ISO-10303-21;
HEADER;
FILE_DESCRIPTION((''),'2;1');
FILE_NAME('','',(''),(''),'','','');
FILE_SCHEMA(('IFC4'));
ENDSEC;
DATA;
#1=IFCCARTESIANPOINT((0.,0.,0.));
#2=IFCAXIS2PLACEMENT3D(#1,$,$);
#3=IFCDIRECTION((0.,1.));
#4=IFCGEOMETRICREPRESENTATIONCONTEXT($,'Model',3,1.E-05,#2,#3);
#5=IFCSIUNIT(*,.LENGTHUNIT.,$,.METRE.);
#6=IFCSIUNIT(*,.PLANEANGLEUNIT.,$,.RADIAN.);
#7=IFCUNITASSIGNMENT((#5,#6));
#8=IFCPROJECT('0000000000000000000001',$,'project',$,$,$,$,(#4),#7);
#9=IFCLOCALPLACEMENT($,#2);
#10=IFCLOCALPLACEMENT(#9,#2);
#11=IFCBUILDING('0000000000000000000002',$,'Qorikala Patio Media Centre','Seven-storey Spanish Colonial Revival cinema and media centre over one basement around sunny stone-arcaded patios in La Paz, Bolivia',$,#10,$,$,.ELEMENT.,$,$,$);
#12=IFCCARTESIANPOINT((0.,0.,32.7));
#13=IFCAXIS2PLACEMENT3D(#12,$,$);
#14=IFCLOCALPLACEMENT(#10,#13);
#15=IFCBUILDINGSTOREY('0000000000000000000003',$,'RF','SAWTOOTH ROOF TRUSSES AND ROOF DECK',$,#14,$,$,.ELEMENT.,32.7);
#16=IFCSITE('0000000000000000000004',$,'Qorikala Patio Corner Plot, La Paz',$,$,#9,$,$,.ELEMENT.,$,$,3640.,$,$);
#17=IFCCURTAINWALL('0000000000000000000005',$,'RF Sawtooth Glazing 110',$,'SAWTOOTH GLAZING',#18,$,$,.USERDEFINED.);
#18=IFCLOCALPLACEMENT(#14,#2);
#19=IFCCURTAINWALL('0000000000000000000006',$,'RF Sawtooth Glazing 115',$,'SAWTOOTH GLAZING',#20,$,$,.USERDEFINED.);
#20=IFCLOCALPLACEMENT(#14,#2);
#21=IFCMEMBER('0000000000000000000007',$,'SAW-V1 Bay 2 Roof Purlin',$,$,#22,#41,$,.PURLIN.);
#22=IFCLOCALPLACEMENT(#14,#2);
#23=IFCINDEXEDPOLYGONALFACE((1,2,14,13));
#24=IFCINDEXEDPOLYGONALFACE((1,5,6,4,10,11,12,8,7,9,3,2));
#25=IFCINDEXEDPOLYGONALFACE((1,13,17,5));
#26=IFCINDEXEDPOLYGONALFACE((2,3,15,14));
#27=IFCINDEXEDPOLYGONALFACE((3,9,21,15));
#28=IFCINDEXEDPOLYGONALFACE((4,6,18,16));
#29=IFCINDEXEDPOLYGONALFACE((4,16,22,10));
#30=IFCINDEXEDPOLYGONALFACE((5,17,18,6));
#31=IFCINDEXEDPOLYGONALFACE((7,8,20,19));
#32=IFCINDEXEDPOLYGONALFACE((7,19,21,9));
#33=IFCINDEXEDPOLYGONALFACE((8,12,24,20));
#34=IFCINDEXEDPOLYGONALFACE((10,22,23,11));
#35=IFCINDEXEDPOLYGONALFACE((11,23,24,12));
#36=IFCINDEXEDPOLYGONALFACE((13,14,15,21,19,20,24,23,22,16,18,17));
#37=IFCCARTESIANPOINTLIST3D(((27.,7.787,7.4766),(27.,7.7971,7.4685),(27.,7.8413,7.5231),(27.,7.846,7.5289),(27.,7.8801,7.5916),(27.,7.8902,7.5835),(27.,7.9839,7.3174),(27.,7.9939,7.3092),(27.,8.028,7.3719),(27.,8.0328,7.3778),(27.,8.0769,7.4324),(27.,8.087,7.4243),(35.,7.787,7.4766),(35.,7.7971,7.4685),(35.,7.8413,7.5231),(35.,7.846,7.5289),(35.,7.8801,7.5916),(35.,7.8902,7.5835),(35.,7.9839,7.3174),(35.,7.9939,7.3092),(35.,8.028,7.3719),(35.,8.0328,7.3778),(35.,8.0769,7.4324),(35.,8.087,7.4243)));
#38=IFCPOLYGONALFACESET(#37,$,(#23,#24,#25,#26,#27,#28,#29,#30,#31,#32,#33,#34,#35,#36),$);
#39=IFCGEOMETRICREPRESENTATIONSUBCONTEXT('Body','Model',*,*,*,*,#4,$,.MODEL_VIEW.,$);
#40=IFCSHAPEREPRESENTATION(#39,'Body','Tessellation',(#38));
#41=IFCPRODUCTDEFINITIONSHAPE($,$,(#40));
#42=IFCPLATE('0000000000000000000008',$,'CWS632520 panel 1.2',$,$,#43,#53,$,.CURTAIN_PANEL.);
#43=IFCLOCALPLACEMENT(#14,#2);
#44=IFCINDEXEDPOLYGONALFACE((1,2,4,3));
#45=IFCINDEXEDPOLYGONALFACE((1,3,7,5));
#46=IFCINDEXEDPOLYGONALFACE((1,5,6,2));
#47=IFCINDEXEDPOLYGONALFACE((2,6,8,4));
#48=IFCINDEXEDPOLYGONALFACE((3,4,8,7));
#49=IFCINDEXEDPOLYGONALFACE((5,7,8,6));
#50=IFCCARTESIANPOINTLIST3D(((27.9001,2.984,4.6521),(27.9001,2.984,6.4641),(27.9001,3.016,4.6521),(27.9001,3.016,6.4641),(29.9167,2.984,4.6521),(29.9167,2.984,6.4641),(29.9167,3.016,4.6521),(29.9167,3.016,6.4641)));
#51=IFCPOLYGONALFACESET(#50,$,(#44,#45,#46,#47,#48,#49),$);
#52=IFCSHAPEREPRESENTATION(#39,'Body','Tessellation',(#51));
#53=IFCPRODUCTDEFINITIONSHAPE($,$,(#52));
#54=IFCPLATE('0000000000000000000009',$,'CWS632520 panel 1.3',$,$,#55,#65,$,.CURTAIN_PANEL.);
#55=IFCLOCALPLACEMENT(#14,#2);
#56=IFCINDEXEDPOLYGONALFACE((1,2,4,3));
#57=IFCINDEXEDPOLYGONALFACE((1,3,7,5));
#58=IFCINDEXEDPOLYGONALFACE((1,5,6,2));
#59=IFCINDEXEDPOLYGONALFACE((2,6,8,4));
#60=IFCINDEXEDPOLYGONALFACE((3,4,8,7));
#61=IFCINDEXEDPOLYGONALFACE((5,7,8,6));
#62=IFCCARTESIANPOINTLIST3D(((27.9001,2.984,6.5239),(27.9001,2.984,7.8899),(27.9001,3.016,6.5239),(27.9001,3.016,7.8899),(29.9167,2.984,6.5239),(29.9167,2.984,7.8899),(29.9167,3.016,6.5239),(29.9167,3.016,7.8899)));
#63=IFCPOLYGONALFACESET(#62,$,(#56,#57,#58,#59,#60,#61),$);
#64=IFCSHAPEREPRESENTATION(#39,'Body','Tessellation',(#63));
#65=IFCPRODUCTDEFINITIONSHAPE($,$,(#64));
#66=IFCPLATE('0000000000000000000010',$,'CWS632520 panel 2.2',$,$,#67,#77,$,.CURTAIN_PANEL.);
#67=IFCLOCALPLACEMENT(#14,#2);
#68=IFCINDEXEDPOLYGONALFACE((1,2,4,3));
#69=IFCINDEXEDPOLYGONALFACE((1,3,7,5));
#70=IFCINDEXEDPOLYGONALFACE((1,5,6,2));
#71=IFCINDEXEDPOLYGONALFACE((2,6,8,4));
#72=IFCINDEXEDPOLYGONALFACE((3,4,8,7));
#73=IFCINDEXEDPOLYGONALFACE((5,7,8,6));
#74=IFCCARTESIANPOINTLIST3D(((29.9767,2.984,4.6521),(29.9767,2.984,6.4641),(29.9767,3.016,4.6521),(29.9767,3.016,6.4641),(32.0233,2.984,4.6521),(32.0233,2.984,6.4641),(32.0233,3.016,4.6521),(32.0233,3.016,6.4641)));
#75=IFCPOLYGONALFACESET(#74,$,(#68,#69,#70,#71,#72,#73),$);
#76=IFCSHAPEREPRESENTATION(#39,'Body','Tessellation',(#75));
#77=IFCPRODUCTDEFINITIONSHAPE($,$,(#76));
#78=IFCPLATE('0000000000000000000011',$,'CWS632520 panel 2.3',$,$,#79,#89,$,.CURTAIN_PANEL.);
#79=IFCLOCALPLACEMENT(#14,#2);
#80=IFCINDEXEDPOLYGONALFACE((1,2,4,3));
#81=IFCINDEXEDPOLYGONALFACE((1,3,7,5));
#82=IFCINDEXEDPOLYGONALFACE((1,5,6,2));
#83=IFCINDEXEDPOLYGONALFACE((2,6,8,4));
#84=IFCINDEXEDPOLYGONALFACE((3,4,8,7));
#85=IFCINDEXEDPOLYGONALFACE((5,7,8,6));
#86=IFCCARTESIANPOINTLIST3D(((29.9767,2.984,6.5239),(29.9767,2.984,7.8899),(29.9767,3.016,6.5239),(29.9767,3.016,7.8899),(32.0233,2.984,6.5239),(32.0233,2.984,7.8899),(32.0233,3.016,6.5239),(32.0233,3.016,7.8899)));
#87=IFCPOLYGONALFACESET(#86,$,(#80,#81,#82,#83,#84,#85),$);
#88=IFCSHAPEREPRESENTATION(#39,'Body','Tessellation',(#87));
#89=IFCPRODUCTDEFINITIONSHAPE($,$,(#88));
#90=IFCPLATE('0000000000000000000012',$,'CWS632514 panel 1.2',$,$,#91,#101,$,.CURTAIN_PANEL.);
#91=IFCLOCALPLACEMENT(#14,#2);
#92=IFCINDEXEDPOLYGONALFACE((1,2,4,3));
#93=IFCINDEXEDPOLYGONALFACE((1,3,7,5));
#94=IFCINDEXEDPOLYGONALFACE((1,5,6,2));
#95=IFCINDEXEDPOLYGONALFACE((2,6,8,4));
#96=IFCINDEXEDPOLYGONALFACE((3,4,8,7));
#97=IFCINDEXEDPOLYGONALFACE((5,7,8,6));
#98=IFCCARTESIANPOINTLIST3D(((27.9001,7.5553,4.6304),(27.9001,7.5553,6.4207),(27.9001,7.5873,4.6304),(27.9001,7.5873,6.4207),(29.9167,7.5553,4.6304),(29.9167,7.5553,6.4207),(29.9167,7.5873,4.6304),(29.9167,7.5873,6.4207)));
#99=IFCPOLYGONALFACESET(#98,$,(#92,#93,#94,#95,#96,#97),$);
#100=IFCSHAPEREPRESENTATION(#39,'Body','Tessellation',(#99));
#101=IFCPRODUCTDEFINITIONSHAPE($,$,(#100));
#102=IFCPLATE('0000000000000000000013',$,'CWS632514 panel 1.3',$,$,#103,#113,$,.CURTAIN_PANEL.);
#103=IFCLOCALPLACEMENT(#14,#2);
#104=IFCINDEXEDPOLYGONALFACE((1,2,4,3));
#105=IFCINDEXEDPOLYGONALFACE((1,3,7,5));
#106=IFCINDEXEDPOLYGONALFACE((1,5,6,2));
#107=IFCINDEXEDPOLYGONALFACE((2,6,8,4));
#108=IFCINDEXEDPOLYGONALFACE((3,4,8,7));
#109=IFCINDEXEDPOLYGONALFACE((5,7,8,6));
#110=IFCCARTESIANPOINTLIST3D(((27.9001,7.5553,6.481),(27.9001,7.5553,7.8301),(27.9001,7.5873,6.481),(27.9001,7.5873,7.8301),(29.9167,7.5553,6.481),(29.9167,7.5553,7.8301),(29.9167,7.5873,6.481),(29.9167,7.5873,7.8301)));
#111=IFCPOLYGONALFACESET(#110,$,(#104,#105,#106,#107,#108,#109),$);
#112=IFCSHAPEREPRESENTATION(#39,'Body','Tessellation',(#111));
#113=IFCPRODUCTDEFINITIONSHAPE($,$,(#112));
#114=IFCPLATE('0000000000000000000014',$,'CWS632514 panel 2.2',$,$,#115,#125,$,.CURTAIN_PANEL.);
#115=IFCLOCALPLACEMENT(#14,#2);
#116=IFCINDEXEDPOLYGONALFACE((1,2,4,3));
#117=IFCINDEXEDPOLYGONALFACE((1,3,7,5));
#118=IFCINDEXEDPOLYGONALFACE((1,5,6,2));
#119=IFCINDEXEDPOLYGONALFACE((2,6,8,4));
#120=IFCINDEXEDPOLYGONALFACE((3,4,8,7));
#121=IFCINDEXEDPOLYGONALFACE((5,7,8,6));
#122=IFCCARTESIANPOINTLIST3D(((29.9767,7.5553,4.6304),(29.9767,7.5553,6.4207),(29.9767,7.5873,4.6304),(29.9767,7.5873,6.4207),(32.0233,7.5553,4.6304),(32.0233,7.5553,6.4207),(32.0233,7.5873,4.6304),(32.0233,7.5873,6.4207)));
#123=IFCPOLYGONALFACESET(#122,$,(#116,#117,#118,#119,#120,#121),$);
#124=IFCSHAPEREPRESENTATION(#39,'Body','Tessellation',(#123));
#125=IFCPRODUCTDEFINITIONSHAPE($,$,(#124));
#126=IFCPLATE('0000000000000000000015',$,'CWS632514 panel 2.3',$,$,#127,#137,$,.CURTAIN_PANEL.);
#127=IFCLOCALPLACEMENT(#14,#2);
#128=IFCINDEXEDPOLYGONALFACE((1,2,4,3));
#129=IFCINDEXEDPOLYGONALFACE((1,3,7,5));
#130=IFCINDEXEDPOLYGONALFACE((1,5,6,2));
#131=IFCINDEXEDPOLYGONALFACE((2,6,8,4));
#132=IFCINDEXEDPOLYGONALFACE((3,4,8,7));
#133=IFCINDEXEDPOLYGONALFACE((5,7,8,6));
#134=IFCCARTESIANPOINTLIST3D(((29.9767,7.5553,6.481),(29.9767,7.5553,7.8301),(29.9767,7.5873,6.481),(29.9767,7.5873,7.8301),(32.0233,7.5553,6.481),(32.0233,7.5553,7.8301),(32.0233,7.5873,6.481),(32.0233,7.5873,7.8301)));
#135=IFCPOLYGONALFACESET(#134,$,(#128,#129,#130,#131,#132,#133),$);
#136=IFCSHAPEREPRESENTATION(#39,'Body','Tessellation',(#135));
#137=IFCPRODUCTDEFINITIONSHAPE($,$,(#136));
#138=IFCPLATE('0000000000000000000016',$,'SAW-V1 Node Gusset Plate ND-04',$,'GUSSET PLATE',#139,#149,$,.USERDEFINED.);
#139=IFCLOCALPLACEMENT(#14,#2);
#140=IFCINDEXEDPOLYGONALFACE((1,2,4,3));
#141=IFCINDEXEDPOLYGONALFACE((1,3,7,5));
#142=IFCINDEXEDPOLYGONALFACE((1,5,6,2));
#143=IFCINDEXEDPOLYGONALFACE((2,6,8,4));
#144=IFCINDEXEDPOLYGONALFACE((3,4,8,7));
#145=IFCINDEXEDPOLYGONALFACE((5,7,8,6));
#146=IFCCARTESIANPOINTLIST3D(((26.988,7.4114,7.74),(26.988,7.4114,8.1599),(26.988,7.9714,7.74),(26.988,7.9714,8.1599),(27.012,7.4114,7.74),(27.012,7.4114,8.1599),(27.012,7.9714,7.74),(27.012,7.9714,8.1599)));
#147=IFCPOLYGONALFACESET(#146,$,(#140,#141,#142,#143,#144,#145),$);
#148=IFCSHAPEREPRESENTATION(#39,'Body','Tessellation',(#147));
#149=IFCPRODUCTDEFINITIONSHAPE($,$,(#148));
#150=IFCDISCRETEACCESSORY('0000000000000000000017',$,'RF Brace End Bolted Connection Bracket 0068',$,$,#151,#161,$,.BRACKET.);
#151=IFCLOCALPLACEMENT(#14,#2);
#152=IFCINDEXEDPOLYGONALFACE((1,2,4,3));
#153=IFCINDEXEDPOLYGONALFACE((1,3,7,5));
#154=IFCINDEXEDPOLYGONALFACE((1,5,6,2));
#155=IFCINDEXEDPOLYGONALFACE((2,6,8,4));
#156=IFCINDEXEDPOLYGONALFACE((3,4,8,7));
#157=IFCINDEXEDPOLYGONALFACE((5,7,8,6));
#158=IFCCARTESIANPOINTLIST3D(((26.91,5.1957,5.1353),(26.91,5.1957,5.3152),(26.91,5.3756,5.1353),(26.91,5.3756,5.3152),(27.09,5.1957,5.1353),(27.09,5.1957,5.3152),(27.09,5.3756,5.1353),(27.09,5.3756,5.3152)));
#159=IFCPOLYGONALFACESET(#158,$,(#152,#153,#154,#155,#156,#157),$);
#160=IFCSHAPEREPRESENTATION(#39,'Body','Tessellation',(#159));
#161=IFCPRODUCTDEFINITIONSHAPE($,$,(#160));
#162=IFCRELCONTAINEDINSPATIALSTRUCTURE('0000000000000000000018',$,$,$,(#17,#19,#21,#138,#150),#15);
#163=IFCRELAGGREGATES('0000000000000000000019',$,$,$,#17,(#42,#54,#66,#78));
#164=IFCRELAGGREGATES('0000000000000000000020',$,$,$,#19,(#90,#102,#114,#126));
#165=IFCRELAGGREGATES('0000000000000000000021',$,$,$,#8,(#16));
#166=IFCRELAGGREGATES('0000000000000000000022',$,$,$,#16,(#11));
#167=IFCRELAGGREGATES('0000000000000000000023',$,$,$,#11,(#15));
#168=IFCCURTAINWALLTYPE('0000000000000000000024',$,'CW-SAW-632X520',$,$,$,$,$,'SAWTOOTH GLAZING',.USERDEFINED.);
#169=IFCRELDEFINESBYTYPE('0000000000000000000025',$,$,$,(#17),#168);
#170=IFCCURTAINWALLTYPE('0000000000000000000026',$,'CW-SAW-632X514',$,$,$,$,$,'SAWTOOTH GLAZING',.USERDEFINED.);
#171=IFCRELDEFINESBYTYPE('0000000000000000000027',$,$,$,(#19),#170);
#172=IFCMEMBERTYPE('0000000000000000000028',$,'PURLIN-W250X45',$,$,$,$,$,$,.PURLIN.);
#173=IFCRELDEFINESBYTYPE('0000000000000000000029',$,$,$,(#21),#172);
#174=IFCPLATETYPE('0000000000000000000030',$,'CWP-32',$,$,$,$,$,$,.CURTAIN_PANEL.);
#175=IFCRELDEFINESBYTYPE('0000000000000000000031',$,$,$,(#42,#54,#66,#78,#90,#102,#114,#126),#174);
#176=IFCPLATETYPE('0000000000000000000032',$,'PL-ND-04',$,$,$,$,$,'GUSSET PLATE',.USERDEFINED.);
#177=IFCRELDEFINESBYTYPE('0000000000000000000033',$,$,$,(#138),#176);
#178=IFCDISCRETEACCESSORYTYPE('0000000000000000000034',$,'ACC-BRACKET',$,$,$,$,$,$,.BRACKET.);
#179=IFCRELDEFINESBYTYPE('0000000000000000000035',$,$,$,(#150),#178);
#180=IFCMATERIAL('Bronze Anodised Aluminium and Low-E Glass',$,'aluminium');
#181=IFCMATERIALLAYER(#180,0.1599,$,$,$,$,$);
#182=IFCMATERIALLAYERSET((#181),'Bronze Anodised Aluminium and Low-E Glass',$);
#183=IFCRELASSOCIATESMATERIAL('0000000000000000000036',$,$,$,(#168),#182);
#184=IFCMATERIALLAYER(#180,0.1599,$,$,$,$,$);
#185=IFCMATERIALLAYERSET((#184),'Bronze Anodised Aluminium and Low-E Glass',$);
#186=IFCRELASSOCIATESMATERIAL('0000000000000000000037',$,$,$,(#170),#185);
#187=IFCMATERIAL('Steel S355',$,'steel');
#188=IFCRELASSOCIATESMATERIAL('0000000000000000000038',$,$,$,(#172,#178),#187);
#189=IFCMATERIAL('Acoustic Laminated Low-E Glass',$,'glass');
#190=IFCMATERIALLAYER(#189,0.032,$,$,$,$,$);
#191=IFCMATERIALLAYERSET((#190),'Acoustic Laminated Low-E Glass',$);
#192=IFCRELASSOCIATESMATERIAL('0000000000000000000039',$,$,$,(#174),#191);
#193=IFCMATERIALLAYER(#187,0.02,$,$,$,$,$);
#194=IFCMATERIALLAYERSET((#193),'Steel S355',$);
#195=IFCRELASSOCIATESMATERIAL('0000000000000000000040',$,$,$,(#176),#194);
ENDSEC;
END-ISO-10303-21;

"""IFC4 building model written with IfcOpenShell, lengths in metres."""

from ifc_helpers import new_model, si_unit, direction, frame, origin, origin_2d, place, context, subcontext, project, spatial, rectangle, i_section, extrude, material, layer, layer_set, material_profile, profile_set, type_object, element, aggregate, save


model = new_model("IFC4")

# Units and contexts
model_context = context("Model", 3, precision=1e-05, world=origin(), true_north=direction((0.0, 1.0)))
body_context = subcontext(model_context, "Body", "Model", "MODEL_VIEW")
ifc_project = project(units=[si_unit("LENGTHUNIT", "METRE"), si_unit("PLANEANGLEUNIT", "RADIAN")], contexts=[model_context])

# Site, building, storey
site_placement = place(None, origin())
site = spatial("IfcSite", under=ifc_project, at=site_placement, Name="Qorikala Patio Corner Plot, La Paz", CompositionType="ELEMENT", RefElevation=3640.0)
building_placement = place(site_placement, origin())
building = spatial("IfcBuilding", under=site, at=building_placement, Name="Qorikala Patio Media Centre", Description="Seven-storey Spanish Colonial Revival cinema and media centre over one basement around sunny stone-arcaded patios in La Paz, Bolivia", CompositionType="ELEMENT")
storey_placement = place(building_placement, frame((0.0, 0.0, 32.7)))
storey = spatial("IfcBuildingStorey", under=building, at=storey_placement, Name="RF", Description="SAWTOOTH ROOF TRUSSES AND ROOF DECK", CompositionType="ELEMENT", Elevation=32.7)

# Shared definitions
ifc_material_1 = material(Name="Steel S355", Category="steel")

# Curtain walls
ifc_material_2 = material(Name="Bronze Anodised Aluminium and Low-E Glass", Category="aluminium")
ifc_layer_1 = layer(ifc_material_2, 0.1599)
ifc_layer_set_1 = layer_set([ifc_layer_1], Name="Bronze Anodised Aluminium and Low-E Glass")
curtain_wall_type_1 = type_object("IfcCurtainWallType", Name="CW-SAW-632X520", ElementType="SAWTOOTH GLAZING", PredefinedType="USERDEFINED", material=ifc_layer_set_1)
curtain_wall_1_placement = place(storey_placement, origin())
curtain_wall_1 = element("IfcCurtainWall", 1, at=curtain_wall_1_placement, inside=storey, type_object=curtain_wall_type_1, Name="RF Sawtooth Glazing 110", ObjectType="SAWTOOTH GLAZING", PredefinedType="USERDEFINED")
ifc_layer_2 = layer(ifc_material_2, 0.1599)
ifc_layer_set_2 = layer_set([ifc_layer_2], Name="Bronze Anodised Aluminium and Low-E Glass")
curtain_wall_type_2 = type_object("IfcCurtainWallType", Name="CW-SAW-632X514", ElementType="SAWTOOTH GLAZING", PredefinedType="USERDEFINED", material=ifc_layer_set_2)
curtain_wall_2_placement = place(storey_placement, origin())
curtain_wall_2 = element("IfcCurtainWall", 2, at=curtain_wall_2_placement, inside=storey, type_object=curtain_wall_type_2, Name="RF Sawtooth Glazing 115", ObjectType="SAWTOOTH GLAZING", PredefinedType="USERDEFINED")

# Member
ifc_material_profile_1 = material_profile(ifc_material_1, i_section(OverallWidth=0.1479, OverallDepth=0.2661, WebThickness=0.0076, FlangeThickness=0.0129, at=origin_2d()), Name="W250X45")
ifc_profile_set_1 = profile_set([ifc_material_profile_1], Name="Steel S355")
member_type_1 = type_object("IfcMemberType", Name="PURLIN-W250X45", PredefinedType="PURLIN", material=ifc_profile_set_1)
for number, where, z_axis, x_axis, name in (
    (3, (27.0, 7.937, 7.4504), (1.0, 0.0, 0.0), (0.0, 0.628995, 0.77741), "SAW-V1 Bay 2 Roof Purlin"),
):
    element("IfcMember", number, at=place(storey_placement, frame(where, z_axis=z_axis, x_axis=x_axis)), inside=storey, type_object=member_type_1, Name=name, PredefinedType="PURLIN", context=body_context, shape_type="SweptSolid", body=[
        extrude(i_section(OverallWidth=0.1479, OverallDepth=0.2661, WebThickness=0.0076, FlangeThickness=0.0129, at=origin_2d()), origin(), (0.0, 0.0, 1.0), 8.0),
    ])

# Plates
ifc_material_3 = material(Name="Acoustic Laminated Low-E Glass", Category="glass")
ifc_layer_3 = layer(ifc_material_3, 0.032)
ifc_layer_set_3 = layer_set([ifc_layer_3], Name="Acoustic Laminated Low-E Glass")
plate_type_1 = type_object("IfcPlateType", Name="CWP-32", PredefinedType="CURTAIN_PANEL", material=ifc_layer_set_3)
plate_1_placement = place(storey_placement, frame((28.9084, 3.0, 4.6521), z_axis=(0.0, 0.0, 1.0), x_axis=(1.0, 0.0, 0.0)))
plate_1 = element("IfcPlate", 4, at=plate_1_placement, type_object=plate_type_1, Name="CWS632520 panel 1.2", PredefinedType="CURTAIN_PANEL", context=body_context, shape_type="SweptSolid", body=[
    extrude(rectangle(XDim=2.0166, YDim=0.032, at=origin_2d()), origin(), (0.0, 0.0, 1.0), 1.812),
])
plate_2_placement = place(storey_placement, frame((28.9084, 3.0, 6.5239), z_axis=(0.0, 0.0, 1.0), x_axis=(1.0, 0.0, 0.0)))
plate_2 = element("IfcPlate", 5, at=plate_2_placement, type_object=plate_type_1, Name="CWS632520 panel 1.3", PredefinedType="CURTAIN_PANEL", context=body_context, shape_type="SweptSolid", body=[
    extrude(rectangle(XDim=2.0166, YDim=0.032, at=origin_2d()), origin(), (0.0, 0.0, 1.0), 1.366),
])
plate_3_placement = place(storey_placement, frame((31.0, 3.0, 4.6521), z_axis=(0.0, 0.0, 1.0), x_axis=(1.0, 0.0, 0.0)))
plate_3 = element("IfcPlate", 6, at=plate_3_placement, type_object=plate_type_1, Name="CWS632520 panel 2.2", PredefinedType="CURTAIN_PANEL", context=body_context, shape_type="SweptSolid", body=[
    extrude(rectangle(XDim=2.0466, YDim=0.032, at=origin_2d()), origin(), (0.0, 0.0, 1.0), 1.812),
])
plate_4_placement = place(storey_placement, frame((31.0, 3.0, 6.5239), z_axis=(0.0, 0.0, 1.0), x_axis=(1.0, 0.0, 0.0)))
plate_4 = element("IfcPlate", 7, at=plate_4_placement, type_object=plate_type_1, Name="CWS632520 panel 2.3", PredefinedType="CURTAIN_PANEL", context=body_context, shape_type="SweptSolid", body=[
    extrude(rectangle(XDim=2.0466, YDim=0.032, at=origin_2d()), origin(), (0.0, 0.0, 1.0), 1.366),
])
aggregate(curtain_wall_1, [plate_1, plate_2, plate_3, plate_4])
plate_5_placement = place(storey_placement, frame((28.9084, 7.5713, 4.6304), z_axis=(0.0, 0.0, 1.0), x_axis=(1.0, 0.0, 0.0)))
plate_5 = element("IfcPlate", 8, at=plate_5_placement, type_object=plate_type_1, Name="CWS632514 panel 1.2", PredefinedType="CURTAIN_PANEL", context=body_context, shape_type="SweptSolid", body=[
    extrude(rectangle(XDim=2.0166, YDim=0.032, at=origin_2d()), origin(), (0.0, 0.0, 1.0), 1.7903),
])
plate_6_placement = place(storey_placement, frame((28.9084, 7.5713, 6.481), z_axis=(0.0, 0.0, 1.0), x_axis=(1.0, 0.0, 0.0)))
plate_6 = element("IfcPlate", 9, at=plate_6_placement, type_object=plate_type_1, Name="CWS632514 panel 1.3", PredefinedType="CURTAIN_PANEL", context=body_context, shape_type="SweptSolid", body=[
    extrude(rectangle(XDim=2.0166, YDim=0.032, at=origin_2d()), origin(), (0.0, 0.0, 1.0), 1.3491),
])
plate_7_placement = place(storey_placement, frame((31.0, 7.5713, 4.6304), z_axis=(0.0, 0.0, 1.0), x_axis=(1.0, 0.0, 0.0)))
plate_7 = element("IfcPlate", 10, at=plate_7_placement, type_object=plate_type_1, Name="CWS632514 panel 2.2", PredefinedType="CURTAIN_PANEL", context=body_context, shape_type="SweptSolid", body=[
    extrude(rectangle(XDim=2.0466, YDim=0.032, at=origin_2d()), origin(), (0.0, 0.0, 1.0), 1.7903),
])
plate_8_placement = place(storey_placement, frame((31.0, 7.5713, 6.481), z_axis=(0.0, 0.0, 1.0), x_axis=(1.0, 0.0, 0.0)))
plate_8 = element("IfcPlate", 11, at=plate_8_placement, type_object=plate_type_1, Name="CWS632514 panel 2.3", PredefinedType="CURTAIN_PANEL", context=body_context, shape_type="SweptSolid", body=[
    extrude(rectangle(XDim=2.0466, YDim=0.032, at=origin_2d()), origin(), (0.0, 0.0, 1.0), 1.3491),
])
aggregate(curtain_wall_2, [plate_5, plate_6, plate_7, plate_8])
ifc_layer_4 = layer(ifc_material_1, 0.02)
ifc_layer_set_4 = layer_set([ifc_layer_4], Name="Steel S355")
plate_type_2 = type_object("IfcPlateType", Name="PL-ND-04", ElementType="GUSSET PLATE", PredefinedType="USERDEFINED", material=ifc_layer_set_4)
plate_9_placement = place(storey_placement, frame((27.0, 7.6914, 7.74), z_axis=(0.0, 0.0, 1.0), x_axis=(1.0, 0.0, 0.0)))
element("IfcPlate", 12, at=plate_9_placement, inside=storey, type_object=plate_type_2, Name="SAW-V1 Node Gusset Plate ND-04", ObjectType="GUSSET PLATE", PredefinedType="USERDEFINED", context=body_context, shape_type="SweptSolid", body=[
    extrude(rectangle(XDim=0.0239, YDim=0.5601, at=origin_2d()), origin(), (0.0, 0.0, 1.0), 0.4199),
])

# Discrete accessory
discrete_accessory_type = type_object("IfcDiscreteAccessoryType", Name="ACC-BRACKET", PredefinedType="BRACKET", material=ifc_material_1)
discrete_accessory_placement = place(storey_placement, frame((27.0, 5.2856, 5.1353), z_axis=(0.0, 0.0, 1.0), x_axis=(1.0, 0.0, 0.0)))
element("IfcDiscreteAccessory", 13, at=discrete_accessory_placement, inside=storey, type_object=discrete_accessory_type, Name="RF Brace End Bolted Connection Bracket 0068", PredefinedType="BRACKET", context=body_context, shape_type="SweptSolid", body=[
    extrude(rectangle(XDim=0.1799, YDim=0.1799, at=origin_2d()), origin(), (0.0, 0.0, 1.0), 0.1799),
])

save(model, "model.ifc")
